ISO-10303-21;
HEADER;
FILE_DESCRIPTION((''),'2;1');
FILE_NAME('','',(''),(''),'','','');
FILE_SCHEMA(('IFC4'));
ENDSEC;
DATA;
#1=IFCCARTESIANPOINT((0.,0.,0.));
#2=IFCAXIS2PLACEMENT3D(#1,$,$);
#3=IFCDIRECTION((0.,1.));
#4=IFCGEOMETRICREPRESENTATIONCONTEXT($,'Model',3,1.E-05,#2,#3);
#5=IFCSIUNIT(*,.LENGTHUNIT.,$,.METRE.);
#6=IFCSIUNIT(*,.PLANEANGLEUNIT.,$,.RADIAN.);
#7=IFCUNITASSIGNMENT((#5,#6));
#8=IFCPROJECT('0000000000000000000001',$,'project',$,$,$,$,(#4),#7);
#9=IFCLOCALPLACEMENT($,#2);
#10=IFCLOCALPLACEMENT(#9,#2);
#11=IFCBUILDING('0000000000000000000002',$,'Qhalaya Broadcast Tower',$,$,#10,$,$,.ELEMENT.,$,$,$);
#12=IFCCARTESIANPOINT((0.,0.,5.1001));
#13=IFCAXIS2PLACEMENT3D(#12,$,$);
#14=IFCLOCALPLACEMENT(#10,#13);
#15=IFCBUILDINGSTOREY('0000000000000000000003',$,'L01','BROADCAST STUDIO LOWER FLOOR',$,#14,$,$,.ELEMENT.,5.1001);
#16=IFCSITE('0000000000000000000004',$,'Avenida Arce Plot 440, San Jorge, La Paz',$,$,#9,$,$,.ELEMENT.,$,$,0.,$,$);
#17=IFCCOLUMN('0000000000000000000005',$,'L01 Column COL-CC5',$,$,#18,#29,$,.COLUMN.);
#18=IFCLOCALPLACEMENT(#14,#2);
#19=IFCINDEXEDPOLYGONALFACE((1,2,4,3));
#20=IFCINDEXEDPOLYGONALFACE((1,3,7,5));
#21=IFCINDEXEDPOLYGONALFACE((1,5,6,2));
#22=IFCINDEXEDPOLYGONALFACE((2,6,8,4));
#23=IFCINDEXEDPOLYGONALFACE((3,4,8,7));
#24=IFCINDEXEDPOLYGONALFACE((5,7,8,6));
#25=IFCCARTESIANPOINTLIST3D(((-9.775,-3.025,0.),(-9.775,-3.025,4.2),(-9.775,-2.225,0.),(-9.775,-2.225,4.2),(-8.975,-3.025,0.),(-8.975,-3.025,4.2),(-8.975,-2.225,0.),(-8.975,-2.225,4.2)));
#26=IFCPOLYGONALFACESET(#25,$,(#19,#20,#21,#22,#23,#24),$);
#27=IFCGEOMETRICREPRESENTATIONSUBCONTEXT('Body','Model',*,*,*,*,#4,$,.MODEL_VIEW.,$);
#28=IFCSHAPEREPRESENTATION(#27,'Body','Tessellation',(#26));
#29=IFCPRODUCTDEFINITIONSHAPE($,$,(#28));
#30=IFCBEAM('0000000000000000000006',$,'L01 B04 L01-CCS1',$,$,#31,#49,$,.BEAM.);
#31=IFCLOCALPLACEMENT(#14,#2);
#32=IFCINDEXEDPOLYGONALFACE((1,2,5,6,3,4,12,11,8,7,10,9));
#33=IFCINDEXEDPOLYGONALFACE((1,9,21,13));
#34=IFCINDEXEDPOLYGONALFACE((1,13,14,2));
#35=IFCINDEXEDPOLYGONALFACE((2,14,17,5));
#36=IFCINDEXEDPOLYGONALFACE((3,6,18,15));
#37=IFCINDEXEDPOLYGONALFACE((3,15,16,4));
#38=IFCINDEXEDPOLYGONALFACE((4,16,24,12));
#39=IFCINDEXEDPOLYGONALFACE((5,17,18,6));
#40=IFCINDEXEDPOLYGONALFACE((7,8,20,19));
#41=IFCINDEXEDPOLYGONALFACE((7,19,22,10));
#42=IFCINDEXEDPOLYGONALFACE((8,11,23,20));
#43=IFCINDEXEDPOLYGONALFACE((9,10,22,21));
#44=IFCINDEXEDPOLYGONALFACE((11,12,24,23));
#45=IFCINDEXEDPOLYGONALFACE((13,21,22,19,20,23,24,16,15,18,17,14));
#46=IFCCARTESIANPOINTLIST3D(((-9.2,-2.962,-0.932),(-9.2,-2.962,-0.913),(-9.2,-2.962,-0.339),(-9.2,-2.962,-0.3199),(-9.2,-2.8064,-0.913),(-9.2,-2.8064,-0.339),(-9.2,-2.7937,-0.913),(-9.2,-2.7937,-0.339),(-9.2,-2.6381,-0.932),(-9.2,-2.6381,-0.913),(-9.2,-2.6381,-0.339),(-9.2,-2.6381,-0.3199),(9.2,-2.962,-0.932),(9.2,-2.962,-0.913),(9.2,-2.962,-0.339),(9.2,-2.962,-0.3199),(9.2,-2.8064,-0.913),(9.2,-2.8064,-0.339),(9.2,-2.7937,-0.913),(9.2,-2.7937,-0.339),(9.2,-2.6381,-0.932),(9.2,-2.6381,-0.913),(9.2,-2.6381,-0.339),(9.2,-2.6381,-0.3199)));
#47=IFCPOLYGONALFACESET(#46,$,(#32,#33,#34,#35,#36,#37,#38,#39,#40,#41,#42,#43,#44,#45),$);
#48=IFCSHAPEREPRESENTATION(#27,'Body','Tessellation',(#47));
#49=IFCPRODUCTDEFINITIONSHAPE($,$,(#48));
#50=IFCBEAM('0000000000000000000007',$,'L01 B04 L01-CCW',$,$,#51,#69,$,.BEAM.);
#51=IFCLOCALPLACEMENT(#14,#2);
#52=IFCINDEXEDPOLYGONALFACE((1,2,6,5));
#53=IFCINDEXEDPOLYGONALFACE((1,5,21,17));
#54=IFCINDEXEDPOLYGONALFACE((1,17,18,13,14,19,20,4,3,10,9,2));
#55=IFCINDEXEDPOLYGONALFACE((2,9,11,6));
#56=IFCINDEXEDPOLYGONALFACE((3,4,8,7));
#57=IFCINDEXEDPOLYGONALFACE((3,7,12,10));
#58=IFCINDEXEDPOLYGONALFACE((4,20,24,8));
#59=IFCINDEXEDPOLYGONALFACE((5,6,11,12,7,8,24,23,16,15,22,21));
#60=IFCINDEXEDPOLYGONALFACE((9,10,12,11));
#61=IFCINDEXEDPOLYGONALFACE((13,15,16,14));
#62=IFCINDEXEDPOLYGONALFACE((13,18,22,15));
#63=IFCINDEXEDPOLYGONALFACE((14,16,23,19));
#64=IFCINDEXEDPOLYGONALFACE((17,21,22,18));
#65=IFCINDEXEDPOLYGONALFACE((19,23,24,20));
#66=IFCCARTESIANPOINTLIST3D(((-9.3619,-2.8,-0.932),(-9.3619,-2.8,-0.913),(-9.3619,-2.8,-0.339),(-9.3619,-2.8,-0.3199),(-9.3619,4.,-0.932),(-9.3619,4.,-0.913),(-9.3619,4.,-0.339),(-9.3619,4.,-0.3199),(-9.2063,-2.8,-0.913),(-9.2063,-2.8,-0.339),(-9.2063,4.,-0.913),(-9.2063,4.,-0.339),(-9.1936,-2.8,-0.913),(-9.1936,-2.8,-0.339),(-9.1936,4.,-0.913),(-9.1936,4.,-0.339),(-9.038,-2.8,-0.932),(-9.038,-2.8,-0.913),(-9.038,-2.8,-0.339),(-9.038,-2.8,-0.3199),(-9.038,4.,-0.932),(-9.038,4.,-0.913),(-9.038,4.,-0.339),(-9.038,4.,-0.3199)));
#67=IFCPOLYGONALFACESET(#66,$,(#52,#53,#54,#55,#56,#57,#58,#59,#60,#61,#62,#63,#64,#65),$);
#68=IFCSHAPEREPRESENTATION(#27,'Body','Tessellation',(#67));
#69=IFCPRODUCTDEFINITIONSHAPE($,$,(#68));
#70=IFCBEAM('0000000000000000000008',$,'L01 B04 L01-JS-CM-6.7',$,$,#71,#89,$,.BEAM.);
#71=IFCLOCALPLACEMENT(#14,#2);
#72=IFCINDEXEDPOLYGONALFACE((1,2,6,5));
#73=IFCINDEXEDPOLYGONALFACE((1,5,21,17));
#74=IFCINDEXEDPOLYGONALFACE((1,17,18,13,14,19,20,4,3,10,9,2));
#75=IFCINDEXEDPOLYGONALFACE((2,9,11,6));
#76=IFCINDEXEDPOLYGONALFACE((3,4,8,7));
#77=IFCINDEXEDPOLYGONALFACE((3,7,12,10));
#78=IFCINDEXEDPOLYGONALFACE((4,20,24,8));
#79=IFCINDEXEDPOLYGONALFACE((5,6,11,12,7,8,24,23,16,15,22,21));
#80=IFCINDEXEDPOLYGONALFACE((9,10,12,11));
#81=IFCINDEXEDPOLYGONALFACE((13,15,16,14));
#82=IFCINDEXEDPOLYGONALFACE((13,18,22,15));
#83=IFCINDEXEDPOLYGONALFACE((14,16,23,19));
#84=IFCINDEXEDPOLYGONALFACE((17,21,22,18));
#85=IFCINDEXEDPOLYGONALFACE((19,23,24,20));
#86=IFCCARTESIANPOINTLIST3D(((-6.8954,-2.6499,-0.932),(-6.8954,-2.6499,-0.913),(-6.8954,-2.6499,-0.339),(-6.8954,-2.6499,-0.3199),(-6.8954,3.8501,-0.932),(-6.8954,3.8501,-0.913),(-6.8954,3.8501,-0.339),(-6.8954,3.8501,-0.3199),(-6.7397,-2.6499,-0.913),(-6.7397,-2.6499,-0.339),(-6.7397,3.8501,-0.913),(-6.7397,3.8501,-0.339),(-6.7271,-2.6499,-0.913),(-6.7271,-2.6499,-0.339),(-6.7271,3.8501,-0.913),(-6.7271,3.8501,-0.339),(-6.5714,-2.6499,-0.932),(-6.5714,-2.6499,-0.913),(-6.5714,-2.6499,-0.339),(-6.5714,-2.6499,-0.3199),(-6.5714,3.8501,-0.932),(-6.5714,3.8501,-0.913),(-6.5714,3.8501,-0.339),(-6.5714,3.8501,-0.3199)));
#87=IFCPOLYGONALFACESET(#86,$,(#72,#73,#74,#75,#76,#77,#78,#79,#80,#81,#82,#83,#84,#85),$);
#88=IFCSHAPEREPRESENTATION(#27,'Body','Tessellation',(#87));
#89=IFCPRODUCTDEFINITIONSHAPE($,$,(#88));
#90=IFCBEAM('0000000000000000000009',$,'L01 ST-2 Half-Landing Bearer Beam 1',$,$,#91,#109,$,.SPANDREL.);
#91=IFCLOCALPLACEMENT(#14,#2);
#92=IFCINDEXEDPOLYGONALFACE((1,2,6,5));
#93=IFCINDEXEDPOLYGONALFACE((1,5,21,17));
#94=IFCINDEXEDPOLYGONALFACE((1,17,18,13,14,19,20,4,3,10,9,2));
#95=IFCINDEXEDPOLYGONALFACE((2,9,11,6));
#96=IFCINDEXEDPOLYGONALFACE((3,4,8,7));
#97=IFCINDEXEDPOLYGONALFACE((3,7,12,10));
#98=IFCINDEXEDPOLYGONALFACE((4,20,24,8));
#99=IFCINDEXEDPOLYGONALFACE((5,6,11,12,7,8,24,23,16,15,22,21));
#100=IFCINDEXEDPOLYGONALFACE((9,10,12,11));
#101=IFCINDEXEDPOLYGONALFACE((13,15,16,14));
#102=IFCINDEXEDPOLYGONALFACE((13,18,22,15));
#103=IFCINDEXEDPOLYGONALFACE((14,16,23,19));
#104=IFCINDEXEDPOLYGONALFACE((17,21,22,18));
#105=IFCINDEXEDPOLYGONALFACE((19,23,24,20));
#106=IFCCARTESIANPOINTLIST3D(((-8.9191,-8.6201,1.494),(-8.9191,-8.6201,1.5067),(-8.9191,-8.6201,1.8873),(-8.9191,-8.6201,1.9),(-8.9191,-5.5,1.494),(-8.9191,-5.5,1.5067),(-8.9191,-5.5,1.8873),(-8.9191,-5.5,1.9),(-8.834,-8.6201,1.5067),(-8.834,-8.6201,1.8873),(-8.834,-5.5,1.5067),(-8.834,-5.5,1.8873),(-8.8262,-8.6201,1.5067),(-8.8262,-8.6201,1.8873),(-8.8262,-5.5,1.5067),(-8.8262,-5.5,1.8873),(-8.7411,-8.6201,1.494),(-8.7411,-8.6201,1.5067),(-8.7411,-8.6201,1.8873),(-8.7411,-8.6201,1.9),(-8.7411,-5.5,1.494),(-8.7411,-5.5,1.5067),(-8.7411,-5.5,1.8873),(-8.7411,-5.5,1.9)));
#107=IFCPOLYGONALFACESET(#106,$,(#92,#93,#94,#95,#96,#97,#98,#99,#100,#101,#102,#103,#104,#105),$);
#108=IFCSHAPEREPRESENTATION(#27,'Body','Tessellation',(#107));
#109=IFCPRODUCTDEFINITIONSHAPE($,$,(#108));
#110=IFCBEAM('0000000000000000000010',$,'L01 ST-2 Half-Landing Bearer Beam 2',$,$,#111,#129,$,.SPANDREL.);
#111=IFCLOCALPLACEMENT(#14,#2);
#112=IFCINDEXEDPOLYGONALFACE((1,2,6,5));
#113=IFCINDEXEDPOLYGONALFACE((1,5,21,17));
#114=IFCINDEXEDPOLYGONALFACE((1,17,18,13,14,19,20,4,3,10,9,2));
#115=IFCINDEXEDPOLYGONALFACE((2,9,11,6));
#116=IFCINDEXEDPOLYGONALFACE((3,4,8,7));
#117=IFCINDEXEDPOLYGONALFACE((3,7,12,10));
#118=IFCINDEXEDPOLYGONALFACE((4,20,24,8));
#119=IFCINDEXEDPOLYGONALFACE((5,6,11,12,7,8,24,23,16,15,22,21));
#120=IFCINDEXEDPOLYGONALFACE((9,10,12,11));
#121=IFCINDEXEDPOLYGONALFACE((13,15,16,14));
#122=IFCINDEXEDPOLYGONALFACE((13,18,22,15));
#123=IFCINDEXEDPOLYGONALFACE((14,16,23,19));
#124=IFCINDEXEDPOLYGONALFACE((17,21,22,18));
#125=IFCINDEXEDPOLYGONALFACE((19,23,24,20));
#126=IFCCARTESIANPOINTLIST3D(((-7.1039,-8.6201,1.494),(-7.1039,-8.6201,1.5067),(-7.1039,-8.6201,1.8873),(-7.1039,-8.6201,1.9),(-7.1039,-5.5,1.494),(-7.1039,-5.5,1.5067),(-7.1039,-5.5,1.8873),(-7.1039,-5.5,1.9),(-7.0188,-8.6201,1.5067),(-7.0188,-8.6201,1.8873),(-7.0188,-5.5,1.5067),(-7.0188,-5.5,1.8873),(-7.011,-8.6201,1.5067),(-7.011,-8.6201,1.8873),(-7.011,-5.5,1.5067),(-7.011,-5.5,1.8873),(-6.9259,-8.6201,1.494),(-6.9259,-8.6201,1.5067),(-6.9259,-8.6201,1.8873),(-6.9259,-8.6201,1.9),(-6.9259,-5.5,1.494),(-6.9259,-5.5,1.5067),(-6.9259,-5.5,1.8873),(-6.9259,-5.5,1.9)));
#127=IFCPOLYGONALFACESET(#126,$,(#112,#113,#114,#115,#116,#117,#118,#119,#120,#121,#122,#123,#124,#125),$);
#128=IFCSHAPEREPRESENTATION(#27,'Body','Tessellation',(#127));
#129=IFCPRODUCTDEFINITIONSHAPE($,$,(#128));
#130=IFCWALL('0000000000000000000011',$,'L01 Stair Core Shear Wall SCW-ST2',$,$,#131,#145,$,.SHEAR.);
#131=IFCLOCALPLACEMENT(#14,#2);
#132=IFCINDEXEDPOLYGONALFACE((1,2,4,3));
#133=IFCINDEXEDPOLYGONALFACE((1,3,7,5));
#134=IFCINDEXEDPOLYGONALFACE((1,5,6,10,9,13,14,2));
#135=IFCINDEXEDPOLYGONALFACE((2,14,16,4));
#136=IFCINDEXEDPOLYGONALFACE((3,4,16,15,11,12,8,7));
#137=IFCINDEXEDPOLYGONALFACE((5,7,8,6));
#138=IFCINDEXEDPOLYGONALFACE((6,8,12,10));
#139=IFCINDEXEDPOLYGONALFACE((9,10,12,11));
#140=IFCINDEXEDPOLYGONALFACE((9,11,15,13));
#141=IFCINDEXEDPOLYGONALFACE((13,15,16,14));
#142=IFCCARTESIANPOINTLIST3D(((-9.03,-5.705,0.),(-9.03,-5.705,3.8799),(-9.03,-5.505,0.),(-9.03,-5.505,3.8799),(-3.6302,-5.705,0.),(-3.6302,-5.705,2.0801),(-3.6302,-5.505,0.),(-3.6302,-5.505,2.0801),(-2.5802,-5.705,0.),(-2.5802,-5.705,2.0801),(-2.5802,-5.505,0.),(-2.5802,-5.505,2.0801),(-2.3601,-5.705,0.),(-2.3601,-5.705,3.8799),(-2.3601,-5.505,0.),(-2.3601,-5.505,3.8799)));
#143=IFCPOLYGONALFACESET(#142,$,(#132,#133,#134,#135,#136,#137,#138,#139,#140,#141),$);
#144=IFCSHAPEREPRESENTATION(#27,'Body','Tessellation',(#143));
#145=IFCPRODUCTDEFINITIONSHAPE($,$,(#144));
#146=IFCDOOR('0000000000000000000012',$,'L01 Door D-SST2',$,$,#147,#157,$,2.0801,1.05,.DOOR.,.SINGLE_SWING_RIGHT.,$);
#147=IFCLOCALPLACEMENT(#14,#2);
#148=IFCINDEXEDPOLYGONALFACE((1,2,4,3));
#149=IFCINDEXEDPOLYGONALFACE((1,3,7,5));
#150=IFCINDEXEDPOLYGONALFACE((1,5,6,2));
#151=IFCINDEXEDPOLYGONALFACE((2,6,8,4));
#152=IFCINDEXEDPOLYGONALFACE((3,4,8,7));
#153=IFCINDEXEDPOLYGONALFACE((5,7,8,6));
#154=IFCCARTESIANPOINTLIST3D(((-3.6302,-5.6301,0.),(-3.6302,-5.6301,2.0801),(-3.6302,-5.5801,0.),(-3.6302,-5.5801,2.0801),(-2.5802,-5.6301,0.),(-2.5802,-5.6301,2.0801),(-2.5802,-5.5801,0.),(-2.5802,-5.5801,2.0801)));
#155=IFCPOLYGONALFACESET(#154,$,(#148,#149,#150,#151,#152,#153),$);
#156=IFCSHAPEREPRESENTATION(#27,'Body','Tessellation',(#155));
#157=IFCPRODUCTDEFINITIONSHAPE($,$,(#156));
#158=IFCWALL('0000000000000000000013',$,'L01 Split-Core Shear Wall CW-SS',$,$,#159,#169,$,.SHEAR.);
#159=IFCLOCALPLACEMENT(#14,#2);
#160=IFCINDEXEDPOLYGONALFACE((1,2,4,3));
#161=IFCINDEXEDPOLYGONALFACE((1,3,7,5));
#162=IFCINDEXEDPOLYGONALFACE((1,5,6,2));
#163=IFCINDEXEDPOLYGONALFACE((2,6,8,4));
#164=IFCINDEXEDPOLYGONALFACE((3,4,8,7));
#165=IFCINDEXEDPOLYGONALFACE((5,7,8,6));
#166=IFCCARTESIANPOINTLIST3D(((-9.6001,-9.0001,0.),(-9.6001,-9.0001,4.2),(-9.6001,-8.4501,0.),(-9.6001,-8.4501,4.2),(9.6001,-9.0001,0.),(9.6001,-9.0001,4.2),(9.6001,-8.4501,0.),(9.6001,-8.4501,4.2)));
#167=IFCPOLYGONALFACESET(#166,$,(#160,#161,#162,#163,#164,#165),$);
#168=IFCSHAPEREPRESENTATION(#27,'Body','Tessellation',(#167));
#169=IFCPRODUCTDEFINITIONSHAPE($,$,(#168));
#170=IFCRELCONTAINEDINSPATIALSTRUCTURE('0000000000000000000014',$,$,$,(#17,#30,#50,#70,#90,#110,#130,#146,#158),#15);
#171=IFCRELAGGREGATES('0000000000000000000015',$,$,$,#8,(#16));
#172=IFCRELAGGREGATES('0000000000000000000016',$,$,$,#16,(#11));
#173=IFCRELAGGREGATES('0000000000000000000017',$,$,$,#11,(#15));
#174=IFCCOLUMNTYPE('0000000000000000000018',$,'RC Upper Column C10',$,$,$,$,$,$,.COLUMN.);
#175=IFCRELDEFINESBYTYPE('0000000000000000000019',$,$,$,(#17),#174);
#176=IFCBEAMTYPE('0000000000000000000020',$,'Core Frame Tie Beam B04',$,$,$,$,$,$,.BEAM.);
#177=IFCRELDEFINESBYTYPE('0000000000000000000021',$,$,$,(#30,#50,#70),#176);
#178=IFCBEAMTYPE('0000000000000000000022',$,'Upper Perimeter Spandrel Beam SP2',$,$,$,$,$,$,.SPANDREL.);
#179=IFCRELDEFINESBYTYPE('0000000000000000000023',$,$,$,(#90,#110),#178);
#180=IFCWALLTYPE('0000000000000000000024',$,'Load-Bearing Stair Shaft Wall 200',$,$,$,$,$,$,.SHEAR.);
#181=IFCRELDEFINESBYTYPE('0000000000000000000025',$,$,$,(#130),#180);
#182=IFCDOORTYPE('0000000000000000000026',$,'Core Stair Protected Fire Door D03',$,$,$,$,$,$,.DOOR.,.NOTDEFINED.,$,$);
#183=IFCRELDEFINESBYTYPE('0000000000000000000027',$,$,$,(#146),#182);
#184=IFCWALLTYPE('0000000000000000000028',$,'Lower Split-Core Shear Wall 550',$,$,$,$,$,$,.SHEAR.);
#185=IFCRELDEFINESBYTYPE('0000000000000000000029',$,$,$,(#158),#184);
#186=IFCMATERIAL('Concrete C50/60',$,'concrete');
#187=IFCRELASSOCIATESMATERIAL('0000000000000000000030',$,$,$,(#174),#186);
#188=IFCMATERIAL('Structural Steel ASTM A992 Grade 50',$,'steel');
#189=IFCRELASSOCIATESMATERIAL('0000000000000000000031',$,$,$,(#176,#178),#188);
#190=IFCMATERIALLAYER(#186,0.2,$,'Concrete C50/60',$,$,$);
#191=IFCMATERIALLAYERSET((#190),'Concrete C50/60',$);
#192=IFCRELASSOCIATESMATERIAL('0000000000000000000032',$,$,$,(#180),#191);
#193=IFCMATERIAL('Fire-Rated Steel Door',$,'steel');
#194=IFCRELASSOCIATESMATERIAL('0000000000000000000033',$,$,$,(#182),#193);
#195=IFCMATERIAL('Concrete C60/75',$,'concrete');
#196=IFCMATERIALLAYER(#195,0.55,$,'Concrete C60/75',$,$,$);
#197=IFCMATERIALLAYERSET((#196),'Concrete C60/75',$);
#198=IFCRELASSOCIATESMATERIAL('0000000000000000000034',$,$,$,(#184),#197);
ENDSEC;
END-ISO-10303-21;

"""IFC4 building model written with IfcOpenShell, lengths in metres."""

from ifc_helpers import new_model, si_unit, direction, frame, frame_2d, origin, origin_2d, place, context, subcontext, project, spatial, rectangle, i_section, extrude, material, layer, layer_set, material_profile, profile_set, type_object, element, fill, save


model = new_model("IFC4")

# Units and contexts
model_context = context("Model", 3, precision=1e-05, world=origin(), true_north=direction((0.0, 1.0)))
body_context = subcontext(model_context, "Body", "Model", "MODEL_VIEW")
ifc_project = project(units=[si_unit("LENGTHUNIT", "METRE"), si_unit("PLANEANGLEUNIT", "RADIAN")], contexts=[model_context])

# Site, building, storey
site_placement = place(None, origin())
site = spatial("IfcSite", under=ifc_project, at=site_placement, Name="Avenida Arce Plot 440, San Jorge, La Paz", CompositionType="ELEMENT", RefElevation=0.0)
building_placement = place(site_placement, origin())
building = spatial("IfcBuilding", under=site, at=building_placement, Name="Qhalaya Broadcast Tower", CompositionType="ELEMENT")
storey_placement = place(building_placement, frame((0.0, 0.0, 5.1001)))
storey = spatial("IfcBuildingStorey", under=building, at=storey_placement, Name="L01", Description="BROADCAST STUDIO LOWER FLOOR", CompositionType="ELEMENT", Elevation=5.1001)

# Column
ifc_material_1 = material(Name="Concrete C50/60", Category="concrete")
ifc_material_profile_1 = material_profile(ifc_material_1, rectangle(XDim=0.8, YDim=0.8, at=origin_2d()), Name="RC-COL 800x800")
ifc_profile_set_1 = profile_set([ifc_material_profile_1], Name="Concrete C50/60")
column_type = type_object("IfcColumnType", Name="RC Upper Column C10", PredefinedType="COLUMN", material=ifc_profile_set_1)
column_placement = place(storey_placement, frame((-9.375, -2.625, 0.0), z_axis=(0.0, 0.0, 1.0), x_axis=(1.0, 0.0, 0.0)))
element("IfcColumn", 1, at=column_placement, inside=storey, type_object=column_type, Name="L01 Column COL-CC5", PredefinedType="COLUMN", context=body_context, shape_type="SweptSolid", body=[
    extrude(rectangle(XDim=0.8, YDim=0.8, at=origin_2d()), origin(), (0.0, 0.0, 1.0), 4.2),
])

# Beams
ifc_material_2 = material(Name="Structural Steel ASTM A992 Grade 50", Category="steel")
ifc_material_profile_2 = material_profile(ifc_material_2, i_section(OverallWidth=0.324, OverallDepth=0.6121, WebThickness=0.0127, FlangeThickness=0.019, at=origin_2d()), Name="W24X104")
ifc_profile_set_2 = profile_set([ifc_material_profile_2], Name="Structural Steel ASTM A992 Grade 50")
beam_type_1 = type_object("IfcBeamType", Name="Core Frame Tie Beam B04", PredefinedType="BEAM", material=ifc_profile_set_2)
beam_1_placement = place(storey_placement, frame((-9.2, -2.8, -0.626), z_axis=(1.0, 0.0, 0.0), x_axis=(0.0, 1.0, 0.0)))
element("IfcBeam", 2, at=beam_1_placement, inside=storey, type_object=beam_type_1, Name="L01 B04 L01-CCS1", PredefinedType="BEAM", context=body_context, shape_type="SweptSolid", body=[
    extrude(i_section(OverallWidth=0.324, OverallDepth=0.6121, WebThickness=0.0127, FlangeThickness=0.019, at=origin_2d()), origin(), (0.0, 0.0, 1.0), 18.3999),
])
beam_2_placement = place(storey_placement, frame((-9.2, -2.8, -0.626), z_axis=(0.0, 1.0, 0.0), x_axis=(-1.0, 0.0, 0.0)))
element("IfcBeam", 3, at=beam_2_placement, inside=storey, type_object=beam_type_1, Name="L01 B04 L01-CCW", PredefinedType="BEAM", context=body_context, shape_type="SweptSolid", body=[
    extrude(i_section(OverallWidth=0.324, OverallDepth=0.6121, WebThickness=0.0127, FlangeThickness=0.019, at=origin_2d()), origin(), (0.0, 0.0, 1.0), 6.8),
])
beam_3_placement = place(storey_placement, frame((-6.7334, -2.6499, -0.626), z_axis=(0.0, 1.0, 0.0), x_axis=(-1.0, 0.0, 0.0)))
element("IfcBeam", 4, at=beam_3_placement, inside=storey, type_object=beam_type_1, Name="L01 B04 L01-JS-CM-6.7", PredefinedType="BEAM", context=body_context, shape_type="SweptSolid", body=[
    extrude(i_section(OverallWidth=0.324, OverallDepth=0.6121, WebThickness=0.0127, FlangeThickness=0.019, at=origin_2d()), origin(), (0.0, 0.0, 1.0), 6.5),
])
ifc_material_profile_3 = material_profile(ifc_material_2, i_section(OverallWidth=0.178, OverallDepth=0.406, WebThickness=0.0078, FlangeThickness=0.0127, at=origin_2d()), Name="W16X40")
ifc_profile_set_3 = profile_set([ifc_material_profile_3], Name="Structural Steel ASTM A992 Grade 50")
beam_type_2 = type_object("IfcBeamType", Name="Upper Perimeter Spandrel Beam SP2", PredefinedType="SPANDREL", material=ifc_profile_set_3)
for number, where, z_axis, x_axis, name in (
    (5, (-8.8301, -8.6201, 1.697), (0.0, 1.0, 0.0), (-1.0, 0.0, 0.0), "L01 ST-2 Half-Landing Bearer Beam 1"),
    (6, (-7.0149, -8.6201, 1.697), (0.0, 1.0, 0.0), (-1.0, 0.0, 0.0), "L01 ST-2 Half-Landing Bearer Beam 2"),
):
    element("IfcBeam", number, at=place(storey_placement, frame(where, z_axis=z_axis, x_axis=x_axis)), inside=storey, type_object=beam_type_2, Name=name, PredefinedType="SPANDREL", context=body_context, shape_type="SweptSolid", body=[
        extrude(i_section(OverallWidth=0.178, OverallDepth=0.406, WebThickness=0.0078, FlangeThickness=0.0127, at=origin_2d()), origin(), (0.0, 0.0, 1.0), 3.1201),
    ])

# Wall, opening, door
ifc_layer_1 = layer(ifc_material_1, 0.2, Name="Concrete C50/60")
ifc_layer_set_1 = layer_set([ifc_layer_1], Name="Concrete C50/60")
wall_type_1 = type_object("IfcWallType", Name="Load-Bearing Stair Shaft Wall 200", PredefinedType="SHEAR", material=ifc_layer_set_1)
wall_1_placement = place(storey_placement, frame((-9.03, -5.605, 0.0), z_axis=(0.0, 0.0, 1.0), x_axis=(1.0, 0.0, 0.0)))
wall_1 = element("IfcWall", 7, at=wall_1_placement, inside=storey, type_object=wall_type_1, Name="L01 Stair Core Shear Wall SCW-ST2", PredefinedType="SHEAR", context=body_context, shape_type="SweptSolid", body=[
    extrude(rectangle(XDim=6.6699, YDim=0.2, at=frame_2d((3.335, 0.0))), origin(), (0.0, 0.0, 1.0), 3.8799),
])
opening_1_placement = place(wall_1_placement, frame((5.3999, 0.0, 0.0)))
opening_1 = element("IfcOpeningElement", 8, at=opening_1_placement, cuts=wall_1, PredefinedType="OPENING", context=body_context, shape_type="SweptSolid", body=[
    extrude(rectangle(XDim=1.05, YDim=2.0801, at=frame_2d((0.5249, 1.04))), frame((0.0, 0.1121, 0.0), z_axis=(0.0, -1.0, 0.0), x_axis=(1.0, 0.0, 0.0)), (0.0, 0.0, 1.0), 0.2239),
])
ifc_material_3 = material(Name="Fire-Rated Steel Door", Category="steel")
door_type_1 = type_object("IfcDoorType", Name="Core Stair Protected Fire Door D03", OperationType="NOTDEFINED", PredefinedType="DOOR", material=ifc_material_3)
door_1_placement = place(opening_1_placement, origin())
door_1 = element("IfcDoor", 9, at=door_1_placement, inside=storey, type_object=door_type_1, Name="L01 Door D-SST2", OperationType="SINGLE_SWING_RIGHT", OverallHeight=2.0801, OverallWidth=1.05, PredefinedType="DOOR", context=body_context, shape_type="SweptSolid", body=[
    extrude(rectangle(XDim=1.05, YDim=2.0801, at=frame_2d((0.5249, 1.04))), frame((0.0, 0.0249, 0.0), z_axis=(0.0, -1.0, 0.0), x_axis=(1.0, 0.0, 0.0)), (0.0, 0.0, 1.0), 0.05),
])
fill(opening_1, door_1)

# Wall
ifc_material_4 = material(Name="Concrete C60/75", Category="concrete")
ifc_layer_2 = layer(ifc_material_4, 0.55, Name="Concrete C60/75")
ifc_layer_set_2 = layer_set([ifc_layer_2], Name="Concrete C60/75")
wall_type_2 = type_object("IfcWallType", Name="Lower Split-Core Shear Wall 550", PredefinedType="SHEAR", material=ifc_layer_set_2)
wall_2_placement = place(storey_placement, frame((-9.6001, -8.7251, 0.0), z_axis=(0.0, 0.0, 1.0), x_axis=(1.0, 0.0, 0.0)))
element("IfcWall", 10, at=wall_2_placement, inside=storey, type_object=wall_type_2, Name="L01 Split-Core Shear Wall CW-SS", PredefinedType="SHEAR", context=body_context, shape_type="SweptSolid", body=[
    extrude(rectangle(XDim=19.2002, YDim=0.55, at=frame_2d((9.6001, 0.0))), origin(), (0.0, 0.0, 1.0), 4.2),
])

save(model, "model.ifc")
